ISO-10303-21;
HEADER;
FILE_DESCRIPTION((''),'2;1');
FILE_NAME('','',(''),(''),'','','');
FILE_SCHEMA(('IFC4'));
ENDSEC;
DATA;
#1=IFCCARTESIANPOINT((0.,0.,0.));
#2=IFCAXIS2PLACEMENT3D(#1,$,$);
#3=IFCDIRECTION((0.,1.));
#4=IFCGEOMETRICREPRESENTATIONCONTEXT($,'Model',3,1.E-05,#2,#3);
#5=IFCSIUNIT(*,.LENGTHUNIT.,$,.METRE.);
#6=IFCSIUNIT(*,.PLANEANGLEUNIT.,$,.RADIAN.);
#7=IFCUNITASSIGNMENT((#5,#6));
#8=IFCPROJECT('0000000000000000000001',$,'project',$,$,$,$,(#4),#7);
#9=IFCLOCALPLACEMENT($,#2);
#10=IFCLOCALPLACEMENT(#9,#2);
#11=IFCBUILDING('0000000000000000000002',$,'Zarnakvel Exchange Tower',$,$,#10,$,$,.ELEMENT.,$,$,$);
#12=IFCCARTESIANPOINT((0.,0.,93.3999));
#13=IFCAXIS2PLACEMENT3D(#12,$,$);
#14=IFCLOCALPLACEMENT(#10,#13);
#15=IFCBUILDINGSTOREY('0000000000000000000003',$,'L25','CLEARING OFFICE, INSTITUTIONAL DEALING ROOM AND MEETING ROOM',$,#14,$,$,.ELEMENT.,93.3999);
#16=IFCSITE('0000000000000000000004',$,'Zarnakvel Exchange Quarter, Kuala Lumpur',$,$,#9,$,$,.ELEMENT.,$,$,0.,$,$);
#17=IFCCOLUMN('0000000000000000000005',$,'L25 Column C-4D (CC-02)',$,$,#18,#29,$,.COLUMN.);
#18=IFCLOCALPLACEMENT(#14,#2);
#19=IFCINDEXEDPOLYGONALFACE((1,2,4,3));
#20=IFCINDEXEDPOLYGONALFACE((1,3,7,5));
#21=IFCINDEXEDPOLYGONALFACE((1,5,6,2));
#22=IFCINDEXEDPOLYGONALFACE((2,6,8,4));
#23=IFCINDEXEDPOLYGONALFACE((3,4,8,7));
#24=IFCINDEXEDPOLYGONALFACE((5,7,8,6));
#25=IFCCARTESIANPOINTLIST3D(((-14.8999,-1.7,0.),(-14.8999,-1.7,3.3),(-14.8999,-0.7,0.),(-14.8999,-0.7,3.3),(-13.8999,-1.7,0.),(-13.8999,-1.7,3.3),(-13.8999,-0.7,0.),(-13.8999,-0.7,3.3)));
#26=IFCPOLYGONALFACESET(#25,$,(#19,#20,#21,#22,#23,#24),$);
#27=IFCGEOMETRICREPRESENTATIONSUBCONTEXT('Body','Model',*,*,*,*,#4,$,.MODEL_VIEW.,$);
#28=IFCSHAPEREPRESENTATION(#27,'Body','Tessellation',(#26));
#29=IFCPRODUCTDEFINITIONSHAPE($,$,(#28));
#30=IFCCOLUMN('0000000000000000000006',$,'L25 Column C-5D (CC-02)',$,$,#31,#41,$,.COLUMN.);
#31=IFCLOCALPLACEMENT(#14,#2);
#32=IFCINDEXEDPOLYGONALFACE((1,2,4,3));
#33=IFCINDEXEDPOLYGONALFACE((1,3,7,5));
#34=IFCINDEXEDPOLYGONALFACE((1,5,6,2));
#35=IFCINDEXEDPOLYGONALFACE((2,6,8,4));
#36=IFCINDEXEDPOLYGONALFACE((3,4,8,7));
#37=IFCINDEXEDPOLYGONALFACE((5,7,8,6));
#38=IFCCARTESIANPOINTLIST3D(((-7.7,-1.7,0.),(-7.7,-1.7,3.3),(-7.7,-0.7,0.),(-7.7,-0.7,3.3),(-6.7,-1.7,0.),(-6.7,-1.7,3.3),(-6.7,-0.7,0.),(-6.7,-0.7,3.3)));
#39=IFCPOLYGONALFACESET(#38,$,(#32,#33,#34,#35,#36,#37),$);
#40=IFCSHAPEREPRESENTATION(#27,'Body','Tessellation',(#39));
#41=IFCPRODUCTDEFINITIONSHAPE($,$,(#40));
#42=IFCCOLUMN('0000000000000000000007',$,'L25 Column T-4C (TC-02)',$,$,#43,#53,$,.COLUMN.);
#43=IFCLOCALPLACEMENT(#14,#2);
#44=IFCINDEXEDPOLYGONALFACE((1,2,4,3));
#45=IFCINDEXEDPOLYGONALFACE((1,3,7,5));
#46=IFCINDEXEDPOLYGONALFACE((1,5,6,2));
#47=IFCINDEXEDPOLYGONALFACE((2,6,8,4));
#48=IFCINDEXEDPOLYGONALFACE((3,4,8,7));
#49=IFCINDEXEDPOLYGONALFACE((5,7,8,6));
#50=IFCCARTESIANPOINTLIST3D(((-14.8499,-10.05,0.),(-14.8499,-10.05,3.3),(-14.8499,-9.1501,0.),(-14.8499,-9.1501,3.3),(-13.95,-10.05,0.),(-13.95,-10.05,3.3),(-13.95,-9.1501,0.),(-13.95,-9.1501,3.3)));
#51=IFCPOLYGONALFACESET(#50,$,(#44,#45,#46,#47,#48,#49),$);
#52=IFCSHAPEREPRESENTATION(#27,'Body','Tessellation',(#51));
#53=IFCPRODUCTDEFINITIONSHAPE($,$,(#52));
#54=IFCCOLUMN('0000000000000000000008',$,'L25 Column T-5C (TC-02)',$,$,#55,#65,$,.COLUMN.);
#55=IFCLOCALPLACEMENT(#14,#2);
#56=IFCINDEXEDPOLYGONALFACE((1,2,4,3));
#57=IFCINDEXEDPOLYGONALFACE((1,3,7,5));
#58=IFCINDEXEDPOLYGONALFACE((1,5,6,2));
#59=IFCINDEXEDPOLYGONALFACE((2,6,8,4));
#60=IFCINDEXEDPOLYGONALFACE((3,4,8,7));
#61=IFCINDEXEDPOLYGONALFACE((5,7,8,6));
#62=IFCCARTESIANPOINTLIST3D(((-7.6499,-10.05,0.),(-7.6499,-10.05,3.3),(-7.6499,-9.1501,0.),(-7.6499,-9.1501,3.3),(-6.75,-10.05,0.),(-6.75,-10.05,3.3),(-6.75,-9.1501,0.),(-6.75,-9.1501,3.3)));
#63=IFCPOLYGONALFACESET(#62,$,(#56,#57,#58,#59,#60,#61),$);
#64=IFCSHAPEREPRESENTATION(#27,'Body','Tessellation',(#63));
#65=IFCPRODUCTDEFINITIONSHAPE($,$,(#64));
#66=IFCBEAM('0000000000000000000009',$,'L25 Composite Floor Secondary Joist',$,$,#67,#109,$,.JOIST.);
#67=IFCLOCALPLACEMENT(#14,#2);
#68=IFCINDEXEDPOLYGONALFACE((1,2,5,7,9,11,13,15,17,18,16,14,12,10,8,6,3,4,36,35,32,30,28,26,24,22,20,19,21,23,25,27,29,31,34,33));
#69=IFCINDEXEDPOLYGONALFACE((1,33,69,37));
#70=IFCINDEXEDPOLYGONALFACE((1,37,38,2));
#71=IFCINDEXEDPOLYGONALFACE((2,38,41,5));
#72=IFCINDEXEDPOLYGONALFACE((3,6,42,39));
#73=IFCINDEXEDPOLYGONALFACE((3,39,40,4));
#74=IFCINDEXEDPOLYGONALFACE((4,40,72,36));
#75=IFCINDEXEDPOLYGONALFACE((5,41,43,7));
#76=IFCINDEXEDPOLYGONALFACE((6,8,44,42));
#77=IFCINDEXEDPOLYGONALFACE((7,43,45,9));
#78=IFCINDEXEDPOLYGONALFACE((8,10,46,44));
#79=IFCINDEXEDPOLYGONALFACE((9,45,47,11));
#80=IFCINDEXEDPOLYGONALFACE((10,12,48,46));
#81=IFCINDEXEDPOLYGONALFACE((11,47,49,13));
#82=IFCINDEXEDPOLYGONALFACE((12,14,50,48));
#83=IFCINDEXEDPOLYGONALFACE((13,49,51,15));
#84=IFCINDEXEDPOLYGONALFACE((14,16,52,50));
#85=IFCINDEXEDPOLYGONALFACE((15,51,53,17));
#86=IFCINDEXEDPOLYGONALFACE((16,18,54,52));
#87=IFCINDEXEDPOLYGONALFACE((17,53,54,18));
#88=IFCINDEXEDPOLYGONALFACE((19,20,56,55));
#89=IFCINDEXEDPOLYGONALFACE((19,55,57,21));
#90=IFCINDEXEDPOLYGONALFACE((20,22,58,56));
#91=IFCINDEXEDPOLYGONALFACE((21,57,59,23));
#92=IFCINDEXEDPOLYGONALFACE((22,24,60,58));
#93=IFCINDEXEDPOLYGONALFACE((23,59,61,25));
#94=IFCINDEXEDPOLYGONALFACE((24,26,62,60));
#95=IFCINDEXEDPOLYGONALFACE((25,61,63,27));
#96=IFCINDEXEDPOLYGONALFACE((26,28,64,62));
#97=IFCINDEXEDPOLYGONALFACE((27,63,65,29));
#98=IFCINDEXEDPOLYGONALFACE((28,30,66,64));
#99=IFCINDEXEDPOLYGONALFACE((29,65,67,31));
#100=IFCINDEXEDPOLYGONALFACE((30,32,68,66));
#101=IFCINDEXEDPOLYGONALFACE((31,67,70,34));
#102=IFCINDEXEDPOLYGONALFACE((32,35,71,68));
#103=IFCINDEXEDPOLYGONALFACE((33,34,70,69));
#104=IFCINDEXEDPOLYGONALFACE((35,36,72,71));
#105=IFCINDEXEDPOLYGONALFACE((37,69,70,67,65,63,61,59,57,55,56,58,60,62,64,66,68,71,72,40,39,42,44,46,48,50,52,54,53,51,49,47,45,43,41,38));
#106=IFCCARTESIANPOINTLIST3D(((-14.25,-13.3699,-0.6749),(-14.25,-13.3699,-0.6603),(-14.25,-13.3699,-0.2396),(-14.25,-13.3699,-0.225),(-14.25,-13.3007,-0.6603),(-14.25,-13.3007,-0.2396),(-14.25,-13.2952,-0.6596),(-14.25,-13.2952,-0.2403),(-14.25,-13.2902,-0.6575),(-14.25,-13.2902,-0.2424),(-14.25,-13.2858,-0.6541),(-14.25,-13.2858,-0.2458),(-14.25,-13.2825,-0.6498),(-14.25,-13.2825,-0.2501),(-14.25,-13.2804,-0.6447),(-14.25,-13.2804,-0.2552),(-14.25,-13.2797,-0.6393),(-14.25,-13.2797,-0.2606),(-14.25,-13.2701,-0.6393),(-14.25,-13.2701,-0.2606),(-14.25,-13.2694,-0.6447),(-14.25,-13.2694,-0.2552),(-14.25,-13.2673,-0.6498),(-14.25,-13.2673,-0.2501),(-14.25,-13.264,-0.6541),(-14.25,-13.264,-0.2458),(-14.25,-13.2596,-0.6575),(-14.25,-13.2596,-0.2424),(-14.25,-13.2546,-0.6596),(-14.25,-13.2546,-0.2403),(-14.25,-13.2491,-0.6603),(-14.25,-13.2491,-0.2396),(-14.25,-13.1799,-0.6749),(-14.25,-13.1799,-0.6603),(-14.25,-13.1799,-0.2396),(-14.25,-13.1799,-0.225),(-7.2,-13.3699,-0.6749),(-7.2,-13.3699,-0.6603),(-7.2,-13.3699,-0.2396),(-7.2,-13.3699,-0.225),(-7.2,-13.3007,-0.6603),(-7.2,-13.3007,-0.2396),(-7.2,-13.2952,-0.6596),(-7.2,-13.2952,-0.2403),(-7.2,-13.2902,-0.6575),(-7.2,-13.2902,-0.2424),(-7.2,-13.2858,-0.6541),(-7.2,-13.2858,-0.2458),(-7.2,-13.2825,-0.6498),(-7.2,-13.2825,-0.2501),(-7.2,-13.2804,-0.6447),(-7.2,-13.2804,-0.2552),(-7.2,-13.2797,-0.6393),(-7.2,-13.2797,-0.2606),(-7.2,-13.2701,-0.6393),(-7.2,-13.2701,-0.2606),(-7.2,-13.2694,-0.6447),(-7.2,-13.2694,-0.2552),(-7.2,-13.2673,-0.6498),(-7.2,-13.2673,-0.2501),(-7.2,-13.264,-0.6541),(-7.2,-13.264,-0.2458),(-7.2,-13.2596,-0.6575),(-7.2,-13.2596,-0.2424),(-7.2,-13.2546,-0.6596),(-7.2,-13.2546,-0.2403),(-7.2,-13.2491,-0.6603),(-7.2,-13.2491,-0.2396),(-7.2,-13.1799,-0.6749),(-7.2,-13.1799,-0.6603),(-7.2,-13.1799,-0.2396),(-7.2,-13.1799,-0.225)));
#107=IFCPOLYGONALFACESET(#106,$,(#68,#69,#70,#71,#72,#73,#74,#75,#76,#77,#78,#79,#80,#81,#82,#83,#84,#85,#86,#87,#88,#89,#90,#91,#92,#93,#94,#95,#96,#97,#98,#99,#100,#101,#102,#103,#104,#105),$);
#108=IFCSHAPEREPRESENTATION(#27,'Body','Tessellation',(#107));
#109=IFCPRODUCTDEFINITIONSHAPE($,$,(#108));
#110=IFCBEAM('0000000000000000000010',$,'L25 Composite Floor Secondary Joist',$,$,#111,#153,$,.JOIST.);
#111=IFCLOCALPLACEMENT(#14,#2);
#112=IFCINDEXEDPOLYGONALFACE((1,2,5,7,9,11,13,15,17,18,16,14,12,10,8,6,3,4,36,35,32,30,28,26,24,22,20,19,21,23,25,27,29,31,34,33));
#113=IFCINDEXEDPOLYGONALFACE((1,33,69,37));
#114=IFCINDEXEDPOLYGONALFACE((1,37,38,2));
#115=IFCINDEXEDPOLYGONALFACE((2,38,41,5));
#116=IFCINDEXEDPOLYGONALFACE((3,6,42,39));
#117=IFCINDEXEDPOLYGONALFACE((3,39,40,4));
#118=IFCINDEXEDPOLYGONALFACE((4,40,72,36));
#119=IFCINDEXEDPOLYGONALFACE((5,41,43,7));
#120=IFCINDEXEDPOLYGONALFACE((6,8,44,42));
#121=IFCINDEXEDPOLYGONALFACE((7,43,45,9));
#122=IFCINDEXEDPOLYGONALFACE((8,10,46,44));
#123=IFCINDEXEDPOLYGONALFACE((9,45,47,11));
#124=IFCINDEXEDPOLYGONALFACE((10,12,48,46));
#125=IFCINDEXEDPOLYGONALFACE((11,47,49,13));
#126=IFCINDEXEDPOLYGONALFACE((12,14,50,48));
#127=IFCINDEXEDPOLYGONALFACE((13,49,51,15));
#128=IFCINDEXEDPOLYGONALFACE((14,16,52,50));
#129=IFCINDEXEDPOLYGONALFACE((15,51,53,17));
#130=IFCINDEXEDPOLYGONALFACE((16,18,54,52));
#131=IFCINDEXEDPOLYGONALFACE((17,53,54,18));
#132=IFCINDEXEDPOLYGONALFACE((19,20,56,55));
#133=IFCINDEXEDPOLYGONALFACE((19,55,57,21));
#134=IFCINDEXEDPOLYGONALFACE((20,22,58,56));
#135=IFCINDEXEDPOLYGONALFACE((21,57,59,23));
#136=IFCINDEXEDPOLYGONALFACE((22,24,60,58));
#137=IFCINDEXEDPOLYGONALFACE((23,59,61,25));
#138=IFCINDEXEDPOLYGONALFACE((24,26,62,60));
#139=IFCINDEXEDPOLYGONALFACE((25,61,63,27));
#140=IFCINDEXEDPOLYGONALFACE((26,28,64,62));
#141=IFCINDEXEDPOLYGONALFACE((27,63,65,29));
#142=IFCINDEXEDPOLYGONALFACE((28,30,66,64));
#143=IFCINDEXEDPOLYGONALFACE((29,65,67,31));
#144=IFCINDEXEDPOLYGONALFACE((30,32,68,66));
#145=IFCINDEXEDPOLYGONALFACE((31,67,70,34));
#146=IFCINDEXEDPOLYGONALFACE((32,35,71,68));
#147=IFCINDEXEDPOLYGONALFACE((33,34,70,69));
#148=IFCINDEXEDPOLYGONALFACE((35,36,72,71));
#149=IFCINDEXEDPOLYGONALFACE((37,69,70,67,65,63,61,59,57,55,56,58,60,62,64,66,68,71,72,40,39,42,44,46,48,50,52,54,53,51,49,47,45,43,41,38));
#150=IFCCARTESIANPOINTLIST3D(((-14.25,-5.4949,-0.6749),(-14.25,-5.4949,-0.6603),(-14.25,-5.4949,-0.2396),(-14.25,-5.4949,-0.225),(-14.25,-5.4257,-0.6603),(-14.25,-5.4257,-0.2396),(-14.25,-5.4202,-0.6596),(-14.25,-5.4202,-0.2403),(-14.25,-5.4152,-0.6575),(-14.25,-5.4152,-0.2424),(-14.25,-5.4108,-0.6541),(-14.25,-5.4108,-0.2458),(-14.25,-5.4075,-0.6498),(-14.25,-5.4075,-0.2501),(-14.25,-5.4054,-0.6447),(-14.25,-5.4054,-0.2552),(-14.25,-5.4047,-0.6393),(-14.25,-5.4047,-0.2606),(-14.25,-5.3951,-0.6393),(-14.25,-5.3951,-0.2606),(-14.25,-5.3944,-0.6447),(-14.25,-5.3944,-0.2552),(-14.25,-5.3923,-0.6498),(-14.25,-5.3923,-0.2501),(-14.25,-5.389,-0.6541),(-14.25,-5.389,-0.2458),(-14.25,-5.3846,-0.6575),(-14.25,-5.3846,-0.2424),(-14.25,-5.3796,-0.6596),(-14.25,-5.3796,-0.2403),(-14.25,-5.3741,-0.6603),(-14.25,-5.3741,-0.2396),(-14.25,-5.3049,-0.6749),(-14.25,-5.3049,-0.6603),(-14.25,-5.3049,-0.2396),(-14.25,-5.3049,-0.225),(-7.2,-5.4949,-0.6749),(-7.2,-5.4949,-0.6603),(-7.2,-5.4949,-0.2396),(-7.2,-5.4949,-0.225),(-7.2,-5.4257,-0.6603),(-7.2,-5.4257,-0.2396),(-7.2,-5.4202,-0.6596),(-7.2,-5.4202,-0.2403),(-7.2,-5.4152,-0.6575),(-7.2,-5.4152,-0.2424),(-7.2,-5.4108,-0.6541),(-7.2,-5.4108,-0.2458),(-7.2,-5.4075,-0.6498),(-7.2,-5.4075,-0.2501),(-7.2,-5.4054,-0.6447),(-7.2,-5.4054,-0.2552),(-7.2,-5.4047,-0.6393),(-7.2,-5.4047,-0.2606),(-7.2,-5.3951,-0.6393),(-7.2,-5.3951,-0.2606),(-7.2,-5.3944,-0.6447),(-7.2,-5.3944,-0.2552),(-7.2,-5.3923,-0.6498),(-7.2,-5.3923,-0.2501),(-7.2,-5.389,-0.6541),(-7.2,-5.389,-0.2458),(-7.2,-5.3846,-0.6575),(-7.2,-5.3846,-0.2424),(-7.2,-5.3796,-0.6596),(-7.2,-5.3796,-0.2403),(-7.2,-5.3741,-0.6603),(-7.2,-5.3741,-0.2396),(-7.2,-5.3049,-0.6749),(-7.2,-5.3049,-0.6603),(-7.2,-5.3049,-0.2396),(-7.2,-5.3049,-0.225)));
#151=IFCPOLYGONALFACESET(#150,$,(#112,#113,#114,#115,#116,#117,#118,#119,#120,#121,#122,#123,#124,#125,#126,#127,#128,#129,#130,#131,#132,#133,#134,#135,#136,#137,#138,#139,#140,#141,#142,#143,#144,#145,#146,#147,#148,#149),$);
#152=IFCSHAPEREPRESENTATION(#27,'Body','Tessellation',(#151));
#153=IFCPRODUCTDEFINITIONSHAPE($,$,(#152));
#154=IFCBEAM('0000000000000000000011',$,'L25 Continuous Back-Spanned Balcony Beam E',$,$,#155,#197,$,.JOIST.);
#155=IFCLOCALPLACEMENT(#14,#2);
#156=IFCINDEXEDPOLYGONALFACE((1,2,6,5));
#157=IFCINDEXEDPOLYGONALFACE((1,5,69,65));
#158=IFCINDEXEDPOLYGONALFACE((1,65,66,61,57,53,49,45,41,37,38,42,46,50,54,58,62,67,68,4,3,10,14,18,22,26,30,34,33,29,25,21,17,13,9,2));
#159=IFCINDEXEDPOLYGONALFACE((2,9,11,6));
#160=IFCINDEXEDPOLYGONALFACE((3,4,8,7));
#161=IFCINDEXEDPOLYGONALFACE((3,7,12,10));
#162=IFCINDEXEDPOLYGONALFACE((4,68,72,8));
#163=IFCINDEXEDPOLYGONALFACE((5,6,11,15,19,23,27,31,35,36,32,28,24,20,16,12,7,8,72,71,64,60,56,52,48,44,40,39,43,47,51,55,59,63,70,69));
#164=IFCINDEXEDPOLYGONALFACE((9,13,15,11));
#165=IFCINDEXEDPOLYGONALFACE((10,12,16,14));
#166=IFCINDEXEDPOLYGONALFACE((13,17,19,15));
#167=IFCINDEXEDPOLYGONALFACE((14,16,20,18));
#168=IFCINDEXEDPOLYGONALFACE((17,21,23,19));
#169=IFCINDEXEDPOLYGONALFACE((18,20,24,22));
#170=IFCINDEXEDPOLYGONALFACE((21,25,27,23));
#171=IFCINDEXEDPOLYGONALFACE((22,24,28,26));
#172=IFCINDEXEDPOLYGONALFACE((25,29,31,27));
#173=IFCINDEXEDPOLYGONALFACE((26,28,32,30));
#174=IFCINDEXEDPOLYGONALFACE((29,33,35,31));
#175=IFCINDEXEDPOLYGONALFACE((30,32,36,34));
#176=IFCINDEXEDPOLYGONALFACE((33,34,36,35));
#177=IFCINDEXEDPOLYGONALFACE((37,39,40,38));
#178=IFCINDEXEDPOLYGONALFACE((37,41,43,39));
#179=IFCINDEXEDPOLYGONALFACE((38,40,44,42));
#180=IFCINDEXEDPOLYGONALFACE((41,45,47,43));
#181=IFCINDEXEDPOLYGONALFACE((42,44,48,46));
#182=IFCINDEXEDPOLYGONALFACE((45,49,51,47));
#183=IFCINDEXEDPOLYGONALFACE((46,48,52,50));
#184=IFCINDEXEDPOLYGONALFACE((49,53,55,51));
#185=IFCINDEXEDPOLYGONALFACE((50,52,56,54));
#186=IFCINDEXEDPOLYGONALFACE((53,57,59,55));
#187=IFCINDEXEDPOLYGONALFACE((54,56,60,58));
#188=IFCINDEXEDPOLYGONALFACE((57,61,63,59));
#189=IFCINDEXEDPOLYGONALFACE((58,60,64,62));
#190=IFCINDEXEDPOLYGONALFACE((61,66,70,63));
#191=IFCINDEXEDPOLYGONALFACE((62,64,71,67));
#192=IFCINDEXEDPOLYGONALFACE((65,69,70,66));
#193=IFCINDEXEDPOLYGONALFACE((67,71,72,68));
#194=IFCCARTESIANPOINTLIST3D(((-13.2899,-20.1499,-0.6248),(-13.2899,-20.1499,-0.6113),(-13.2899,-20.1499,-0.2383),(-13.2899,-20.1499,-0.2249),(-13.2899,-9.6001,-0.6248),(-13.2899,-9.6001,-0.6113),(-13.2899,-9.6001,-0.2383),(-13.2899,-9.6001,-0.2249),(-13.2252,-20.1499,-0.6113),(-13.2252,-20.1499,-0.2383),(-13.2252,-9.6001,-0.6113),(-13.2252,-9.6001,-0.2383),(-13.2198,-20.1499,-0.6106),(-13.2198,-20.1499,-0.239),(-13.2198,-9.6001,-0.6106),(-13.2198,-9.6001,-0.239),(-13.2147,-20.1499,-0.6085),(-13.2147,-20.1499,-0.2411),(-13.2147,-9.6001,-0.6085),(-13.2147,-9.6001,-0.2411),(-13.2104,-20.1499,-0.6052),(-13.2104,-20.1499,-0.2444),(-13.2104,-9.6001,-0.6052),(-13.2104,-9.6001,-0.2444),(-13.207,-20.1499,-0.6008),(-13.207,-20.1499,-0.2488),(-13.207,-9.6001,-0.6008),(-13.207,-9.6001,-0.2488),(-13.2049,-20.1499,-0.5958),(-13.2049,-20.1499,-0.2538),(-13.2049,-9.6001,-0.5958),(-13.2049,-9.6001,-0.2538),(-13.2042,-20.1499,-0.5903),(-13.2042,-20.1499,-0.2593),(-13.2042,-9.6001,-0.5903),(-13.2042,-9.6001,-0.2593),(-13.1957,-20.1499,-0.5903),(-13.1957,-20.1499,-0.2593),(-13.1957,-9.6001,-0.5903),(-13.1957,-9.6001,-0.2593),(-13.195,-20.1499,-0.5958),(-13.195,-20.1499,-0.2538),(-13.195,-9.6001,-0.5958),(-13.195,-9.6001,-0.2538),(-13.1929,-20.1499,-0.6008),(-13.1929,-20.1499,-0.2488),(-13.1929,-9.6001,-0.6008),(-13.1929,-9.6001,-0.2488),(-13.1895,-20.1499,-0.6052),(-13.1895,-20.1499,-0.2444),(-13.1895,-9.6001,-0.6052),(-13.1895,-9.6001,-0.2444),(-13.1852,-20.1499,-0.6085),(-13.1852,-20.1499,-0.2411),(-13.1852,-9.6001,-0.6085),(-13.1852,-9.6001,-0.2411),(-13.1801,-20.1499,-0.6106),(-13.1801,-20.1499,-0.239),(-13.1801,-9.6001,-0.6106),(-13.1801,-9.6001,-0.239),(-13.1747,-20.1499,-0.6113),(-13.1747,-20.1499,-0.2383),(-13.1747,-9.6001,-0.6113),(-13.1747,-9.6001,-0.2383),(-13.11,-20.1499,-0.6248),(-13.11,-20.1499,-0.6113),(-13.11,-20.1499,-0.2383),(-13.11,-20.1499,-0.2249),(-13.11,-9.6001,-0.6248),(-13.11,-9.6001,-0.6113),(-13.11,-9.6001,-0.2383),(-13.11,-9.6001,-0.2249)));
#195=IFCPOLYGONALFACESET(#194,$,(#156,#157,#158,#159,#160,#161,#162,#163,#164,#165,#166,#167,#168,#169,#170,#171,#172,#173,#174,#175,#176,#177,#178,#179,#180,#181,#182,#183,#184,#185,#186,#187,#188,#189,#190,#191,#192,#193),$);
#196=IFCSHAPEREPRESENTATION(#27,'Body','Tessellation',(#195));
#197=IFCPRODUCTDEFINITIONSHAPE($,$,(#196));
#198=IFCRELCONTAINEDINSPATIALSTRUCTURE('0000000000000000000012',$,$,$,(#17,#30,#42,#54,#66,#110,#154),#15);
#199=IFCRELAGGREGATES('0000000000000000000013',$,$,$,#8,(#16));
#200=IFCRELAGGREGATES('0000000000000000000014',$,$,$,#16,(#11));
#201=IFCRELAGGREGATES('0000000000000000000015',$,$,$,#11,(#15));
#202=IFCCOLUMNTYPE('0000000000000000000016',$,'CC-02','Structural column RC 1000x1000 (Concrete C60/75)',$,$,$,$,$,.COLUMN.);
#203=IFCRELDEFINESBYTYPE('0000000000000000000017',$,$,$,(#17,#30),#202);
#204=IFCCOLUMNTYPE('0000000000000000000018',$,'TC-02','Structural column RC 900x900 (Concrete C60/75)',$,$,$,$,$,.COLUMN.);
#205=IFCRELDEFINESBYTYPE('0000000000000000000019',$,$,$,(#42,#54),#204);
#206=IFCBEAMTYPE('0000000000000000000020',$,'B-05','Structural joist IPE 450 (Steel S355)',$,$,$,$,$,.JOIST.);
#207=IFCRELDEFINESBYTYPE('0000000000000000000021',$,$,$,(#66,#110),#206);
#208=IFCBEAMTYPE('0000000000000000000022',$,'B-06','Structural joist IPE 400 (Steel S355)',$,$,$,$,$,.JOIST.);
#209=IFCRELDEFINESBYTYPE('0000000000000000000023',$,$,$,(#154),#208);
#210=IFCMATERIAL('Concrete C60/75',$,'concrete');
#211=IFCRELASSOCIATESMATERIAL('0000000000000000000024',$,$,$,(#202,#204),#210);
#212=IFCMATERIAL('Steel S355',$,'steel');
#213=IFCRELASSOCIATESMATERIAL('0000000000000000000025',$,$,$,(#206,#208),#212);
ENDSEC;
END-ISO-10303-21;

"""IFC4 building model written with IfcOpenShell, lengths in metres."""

from ifc_helpers import new_model, si_unit, direction, frame, origin, origin_2d, place, context, subcontext, project, spatial, rectangle, i_section, extrude, material, material_profile, profile_set, type_object, element, save


model = new_model("IFC4")

# Units and contexts
model_context = context("Model", 3, precision=1e-05, world=origin(), true_north=direction((0.0, 1.0)))
body_context = subcontext(model_context, "Body", "Model", "MODEL_VIEW")
ifc_project = project(units=[si_unit("LENGTHUNIT", "METRE"), si_unit("PLANEANGLEUNIT", "RADIAN")], contexts=[model_context])

# Site, building, storey
site_placement = place(None, origin())
site = spatial("IfcSite", under=ifc_project, at=site_placement, Name="Zarnakvel Exchange Quarter, Kuala Lumpur", CompositionType="ELEMENT", RefElevation=0.0)
building_placement = place(site_placement, origin())
building = spatial("IfcBuilding", under=site, at=building_placement, Name="Zarnakvel Exchange Tower", CompositionType="ELEMENT")
storey_placement = place(building_placement, frame((0.0, 0.0, 93.3999)))
storey = spatial("IfcBuildingStorey", under=building, at=storey_placement, Name="L25", Description="CLEARING OFFICE, INSTITUTIONAL DEALING ROOM AND MEETING ROOM", CompositionType="ELEMENT", Elevation=93.3999)

# Columns
ifc_material_1 = material(Name="Concrete C60/75", Category="concrete")
ifc_material_profile_1 = material_profile(ifc_material_1, rectangle(XDim=1.0, YDim=1.0, at=origin_2d()))
ifc_profile_set_1 = profile_set([ifc_material_profile_1], Name="Concrete C60/75")
column_type_1 = type_object("IfcColumnType", Name="CC-02", Description="Structural column RC 1000x1000 (Concrete C60/75)", PredefinedType="COLUMN", material=ifc_profile_set_1)
for number, where, z_axis, x_axis, name in (
    (1, (-14.3999, -1.2, 0.0), (0.0, 0.0, 1.0), (1.0, 0.0, 0.0), "L25 Column C-4D (CC-02)"),
    (2, (-7.2, -1.2, 0.0), (0.0, 0.0, 1.0), (1.0, 0.0, 0.0), "L25 Column C-5D (CC-02)"),
):
    element("IfcColumn", number, at=place(storey_placement, frame(where, z_axis=z_axis, x_axis=x_axis)), inside=storey, type_object=column_type_1, Name=name, PredefinedType="COLUMN", context=body_context, shape_type="SweptSolid", body=[
        extrude(rectangle(XDim=1.0, YDim=1.0, at=origin_2d()), origin(), (0.0, 0.0, 1.0), 3.3),
    ])
ifc_material_profile_2 = material_profile(ifc_material_1, rectangle(XDim=0.8999, YDim=0.8999, at=origin_2d()))
ifc_profile_set_2 = profile_set([ifc_material_profile_2], Name="Concrete C60/75")
column_type_2 = type_object("IfcColumnType", Name="TC-02", Description="Structural column RC 900x900 (Concrete C60/75)", PredefinedType="COLUMN", material=ifc_profile_set_2)
for number, where, z_axis, x_axis, name in (
    (3, (-14.3999, -9.6001, 0.0), (0.0, 0.0, 1.0), (1.0, 0.0, 0.0), "L25 Column T-4C (TC-02)"),
    (4, (-7.2, -9.6001, 0.0), (0.0, 0.0, 1.0), (1.0, 0.0, 0.0), "L25 Column T-5C (TC-02)"),
):
    element("IfcColumn", number, at=place(storey_placement, frame(where, z_axis=z_axis, x_axis=x_axis)), inside=storey, type_object=column_type_2, Name=name, PredefinedType="COLUMN", context=body_context, shape_type="SweptSolid", body=[
        extrude(rectangle(XDim=0.8999, YDim=0.8999, at=origin_2d()), origin(), (0.0, 0.0, 1.0), 3.3),
    ])

# Beams
ifc_material_2 = material(Name="Steel S355", Category="steel")
ifc_material_profile_3 = material_profile(ifc_material_2, i_section(OverallWidth=0.1899, OverallDepth=0.45, WebThickness=0.0095, FlangeThickness=0.0146, FilletRadius=0.021, at=origin_2d()))
ifc_profile_set_3 = profile_set([ifc_material_profile_3], Name="Steel S355")
beam_type_1 = type_object("IfcBeamType", Name="B-05", Description="Structural joist IPE 450 (Steel S355)", PredefinedType="JOIST", material=ifc_profile_set_3)
for number, where, z_axis, x_axis, name in (
    (5, (-14.25, -13.2749, -0.45), (1.0, 0.0, 0.0), (0.0, 1.0, 0.0), "L25 Composite Floor Secondary Joist"),
    (6, (-14.25, -5.3999, -0.45), (1.0, 0.0, 0.0), (0.0, 1.0, 0.0), "L25 Composite Floor Secondary Joist"),
):
    element("IfcBeam", number, at=place(storey_placement, frame(where, z_axis=z_axis, x_axis=x_axis)), inside=storey, type_object=beam_type_1, Name=name, PredefinedType="JOIST", context=body_context, shape_type="SweptSolid", body=[
        extrude(i_section(OverallWidth=0.1899, OverallDepth=0.45, WebThickness=0.0095, FlangeThickness=0.0146, FilletRadius=0.021, at=origin_2d()), origin(), (0.0, 0.0, 1.0), 7.05),
    ])
ifc_material_profile_4 = material_profile(ifc_material_2, i_section(OverallWidth=0.1799, OverallDepth=0.3999, WebThickness=0.0085, FlangeThickness=0.0134, FilletRadius=0.021, at=origin_2d()))
ifc_profile_set_4 = profile_set([ifc_material_profile_4], Name="Steel S355")
beam_type_2 = type_object("IfcBeamType", Name="B-06", Description="Structural joist IPE 400 (Steel S355)", PredefinedType="JOIST", material=ifc_profile_set_4)
beam_1_placement = place(storey_placement, frame((-13.2, -9.6001, -0.4248), z_axis=(0.0, -1.0, 0.0), x_axis=(1.0, 0.0, 0.0)))
element("IfcBeam", 7, at=beam_1_placement, inside=storey, type_object=beam_type_2, Name="L25 Continuous Back-Spanned Balcony Beam E", PredefinedType="JOIST", context=body_context, shape_type="SweptSolid", body=[
    extrude(i_section(OverallWidth=0.1799, OverallDepth=0.3999, WebThickness=0.0085, FlangeThickness=0.0134, FilletRadius=0.021, at=origin_2d()), origin(), (0.0, 0.0, 1.0), 10.5498),
])

save(model, "model.ifc")
